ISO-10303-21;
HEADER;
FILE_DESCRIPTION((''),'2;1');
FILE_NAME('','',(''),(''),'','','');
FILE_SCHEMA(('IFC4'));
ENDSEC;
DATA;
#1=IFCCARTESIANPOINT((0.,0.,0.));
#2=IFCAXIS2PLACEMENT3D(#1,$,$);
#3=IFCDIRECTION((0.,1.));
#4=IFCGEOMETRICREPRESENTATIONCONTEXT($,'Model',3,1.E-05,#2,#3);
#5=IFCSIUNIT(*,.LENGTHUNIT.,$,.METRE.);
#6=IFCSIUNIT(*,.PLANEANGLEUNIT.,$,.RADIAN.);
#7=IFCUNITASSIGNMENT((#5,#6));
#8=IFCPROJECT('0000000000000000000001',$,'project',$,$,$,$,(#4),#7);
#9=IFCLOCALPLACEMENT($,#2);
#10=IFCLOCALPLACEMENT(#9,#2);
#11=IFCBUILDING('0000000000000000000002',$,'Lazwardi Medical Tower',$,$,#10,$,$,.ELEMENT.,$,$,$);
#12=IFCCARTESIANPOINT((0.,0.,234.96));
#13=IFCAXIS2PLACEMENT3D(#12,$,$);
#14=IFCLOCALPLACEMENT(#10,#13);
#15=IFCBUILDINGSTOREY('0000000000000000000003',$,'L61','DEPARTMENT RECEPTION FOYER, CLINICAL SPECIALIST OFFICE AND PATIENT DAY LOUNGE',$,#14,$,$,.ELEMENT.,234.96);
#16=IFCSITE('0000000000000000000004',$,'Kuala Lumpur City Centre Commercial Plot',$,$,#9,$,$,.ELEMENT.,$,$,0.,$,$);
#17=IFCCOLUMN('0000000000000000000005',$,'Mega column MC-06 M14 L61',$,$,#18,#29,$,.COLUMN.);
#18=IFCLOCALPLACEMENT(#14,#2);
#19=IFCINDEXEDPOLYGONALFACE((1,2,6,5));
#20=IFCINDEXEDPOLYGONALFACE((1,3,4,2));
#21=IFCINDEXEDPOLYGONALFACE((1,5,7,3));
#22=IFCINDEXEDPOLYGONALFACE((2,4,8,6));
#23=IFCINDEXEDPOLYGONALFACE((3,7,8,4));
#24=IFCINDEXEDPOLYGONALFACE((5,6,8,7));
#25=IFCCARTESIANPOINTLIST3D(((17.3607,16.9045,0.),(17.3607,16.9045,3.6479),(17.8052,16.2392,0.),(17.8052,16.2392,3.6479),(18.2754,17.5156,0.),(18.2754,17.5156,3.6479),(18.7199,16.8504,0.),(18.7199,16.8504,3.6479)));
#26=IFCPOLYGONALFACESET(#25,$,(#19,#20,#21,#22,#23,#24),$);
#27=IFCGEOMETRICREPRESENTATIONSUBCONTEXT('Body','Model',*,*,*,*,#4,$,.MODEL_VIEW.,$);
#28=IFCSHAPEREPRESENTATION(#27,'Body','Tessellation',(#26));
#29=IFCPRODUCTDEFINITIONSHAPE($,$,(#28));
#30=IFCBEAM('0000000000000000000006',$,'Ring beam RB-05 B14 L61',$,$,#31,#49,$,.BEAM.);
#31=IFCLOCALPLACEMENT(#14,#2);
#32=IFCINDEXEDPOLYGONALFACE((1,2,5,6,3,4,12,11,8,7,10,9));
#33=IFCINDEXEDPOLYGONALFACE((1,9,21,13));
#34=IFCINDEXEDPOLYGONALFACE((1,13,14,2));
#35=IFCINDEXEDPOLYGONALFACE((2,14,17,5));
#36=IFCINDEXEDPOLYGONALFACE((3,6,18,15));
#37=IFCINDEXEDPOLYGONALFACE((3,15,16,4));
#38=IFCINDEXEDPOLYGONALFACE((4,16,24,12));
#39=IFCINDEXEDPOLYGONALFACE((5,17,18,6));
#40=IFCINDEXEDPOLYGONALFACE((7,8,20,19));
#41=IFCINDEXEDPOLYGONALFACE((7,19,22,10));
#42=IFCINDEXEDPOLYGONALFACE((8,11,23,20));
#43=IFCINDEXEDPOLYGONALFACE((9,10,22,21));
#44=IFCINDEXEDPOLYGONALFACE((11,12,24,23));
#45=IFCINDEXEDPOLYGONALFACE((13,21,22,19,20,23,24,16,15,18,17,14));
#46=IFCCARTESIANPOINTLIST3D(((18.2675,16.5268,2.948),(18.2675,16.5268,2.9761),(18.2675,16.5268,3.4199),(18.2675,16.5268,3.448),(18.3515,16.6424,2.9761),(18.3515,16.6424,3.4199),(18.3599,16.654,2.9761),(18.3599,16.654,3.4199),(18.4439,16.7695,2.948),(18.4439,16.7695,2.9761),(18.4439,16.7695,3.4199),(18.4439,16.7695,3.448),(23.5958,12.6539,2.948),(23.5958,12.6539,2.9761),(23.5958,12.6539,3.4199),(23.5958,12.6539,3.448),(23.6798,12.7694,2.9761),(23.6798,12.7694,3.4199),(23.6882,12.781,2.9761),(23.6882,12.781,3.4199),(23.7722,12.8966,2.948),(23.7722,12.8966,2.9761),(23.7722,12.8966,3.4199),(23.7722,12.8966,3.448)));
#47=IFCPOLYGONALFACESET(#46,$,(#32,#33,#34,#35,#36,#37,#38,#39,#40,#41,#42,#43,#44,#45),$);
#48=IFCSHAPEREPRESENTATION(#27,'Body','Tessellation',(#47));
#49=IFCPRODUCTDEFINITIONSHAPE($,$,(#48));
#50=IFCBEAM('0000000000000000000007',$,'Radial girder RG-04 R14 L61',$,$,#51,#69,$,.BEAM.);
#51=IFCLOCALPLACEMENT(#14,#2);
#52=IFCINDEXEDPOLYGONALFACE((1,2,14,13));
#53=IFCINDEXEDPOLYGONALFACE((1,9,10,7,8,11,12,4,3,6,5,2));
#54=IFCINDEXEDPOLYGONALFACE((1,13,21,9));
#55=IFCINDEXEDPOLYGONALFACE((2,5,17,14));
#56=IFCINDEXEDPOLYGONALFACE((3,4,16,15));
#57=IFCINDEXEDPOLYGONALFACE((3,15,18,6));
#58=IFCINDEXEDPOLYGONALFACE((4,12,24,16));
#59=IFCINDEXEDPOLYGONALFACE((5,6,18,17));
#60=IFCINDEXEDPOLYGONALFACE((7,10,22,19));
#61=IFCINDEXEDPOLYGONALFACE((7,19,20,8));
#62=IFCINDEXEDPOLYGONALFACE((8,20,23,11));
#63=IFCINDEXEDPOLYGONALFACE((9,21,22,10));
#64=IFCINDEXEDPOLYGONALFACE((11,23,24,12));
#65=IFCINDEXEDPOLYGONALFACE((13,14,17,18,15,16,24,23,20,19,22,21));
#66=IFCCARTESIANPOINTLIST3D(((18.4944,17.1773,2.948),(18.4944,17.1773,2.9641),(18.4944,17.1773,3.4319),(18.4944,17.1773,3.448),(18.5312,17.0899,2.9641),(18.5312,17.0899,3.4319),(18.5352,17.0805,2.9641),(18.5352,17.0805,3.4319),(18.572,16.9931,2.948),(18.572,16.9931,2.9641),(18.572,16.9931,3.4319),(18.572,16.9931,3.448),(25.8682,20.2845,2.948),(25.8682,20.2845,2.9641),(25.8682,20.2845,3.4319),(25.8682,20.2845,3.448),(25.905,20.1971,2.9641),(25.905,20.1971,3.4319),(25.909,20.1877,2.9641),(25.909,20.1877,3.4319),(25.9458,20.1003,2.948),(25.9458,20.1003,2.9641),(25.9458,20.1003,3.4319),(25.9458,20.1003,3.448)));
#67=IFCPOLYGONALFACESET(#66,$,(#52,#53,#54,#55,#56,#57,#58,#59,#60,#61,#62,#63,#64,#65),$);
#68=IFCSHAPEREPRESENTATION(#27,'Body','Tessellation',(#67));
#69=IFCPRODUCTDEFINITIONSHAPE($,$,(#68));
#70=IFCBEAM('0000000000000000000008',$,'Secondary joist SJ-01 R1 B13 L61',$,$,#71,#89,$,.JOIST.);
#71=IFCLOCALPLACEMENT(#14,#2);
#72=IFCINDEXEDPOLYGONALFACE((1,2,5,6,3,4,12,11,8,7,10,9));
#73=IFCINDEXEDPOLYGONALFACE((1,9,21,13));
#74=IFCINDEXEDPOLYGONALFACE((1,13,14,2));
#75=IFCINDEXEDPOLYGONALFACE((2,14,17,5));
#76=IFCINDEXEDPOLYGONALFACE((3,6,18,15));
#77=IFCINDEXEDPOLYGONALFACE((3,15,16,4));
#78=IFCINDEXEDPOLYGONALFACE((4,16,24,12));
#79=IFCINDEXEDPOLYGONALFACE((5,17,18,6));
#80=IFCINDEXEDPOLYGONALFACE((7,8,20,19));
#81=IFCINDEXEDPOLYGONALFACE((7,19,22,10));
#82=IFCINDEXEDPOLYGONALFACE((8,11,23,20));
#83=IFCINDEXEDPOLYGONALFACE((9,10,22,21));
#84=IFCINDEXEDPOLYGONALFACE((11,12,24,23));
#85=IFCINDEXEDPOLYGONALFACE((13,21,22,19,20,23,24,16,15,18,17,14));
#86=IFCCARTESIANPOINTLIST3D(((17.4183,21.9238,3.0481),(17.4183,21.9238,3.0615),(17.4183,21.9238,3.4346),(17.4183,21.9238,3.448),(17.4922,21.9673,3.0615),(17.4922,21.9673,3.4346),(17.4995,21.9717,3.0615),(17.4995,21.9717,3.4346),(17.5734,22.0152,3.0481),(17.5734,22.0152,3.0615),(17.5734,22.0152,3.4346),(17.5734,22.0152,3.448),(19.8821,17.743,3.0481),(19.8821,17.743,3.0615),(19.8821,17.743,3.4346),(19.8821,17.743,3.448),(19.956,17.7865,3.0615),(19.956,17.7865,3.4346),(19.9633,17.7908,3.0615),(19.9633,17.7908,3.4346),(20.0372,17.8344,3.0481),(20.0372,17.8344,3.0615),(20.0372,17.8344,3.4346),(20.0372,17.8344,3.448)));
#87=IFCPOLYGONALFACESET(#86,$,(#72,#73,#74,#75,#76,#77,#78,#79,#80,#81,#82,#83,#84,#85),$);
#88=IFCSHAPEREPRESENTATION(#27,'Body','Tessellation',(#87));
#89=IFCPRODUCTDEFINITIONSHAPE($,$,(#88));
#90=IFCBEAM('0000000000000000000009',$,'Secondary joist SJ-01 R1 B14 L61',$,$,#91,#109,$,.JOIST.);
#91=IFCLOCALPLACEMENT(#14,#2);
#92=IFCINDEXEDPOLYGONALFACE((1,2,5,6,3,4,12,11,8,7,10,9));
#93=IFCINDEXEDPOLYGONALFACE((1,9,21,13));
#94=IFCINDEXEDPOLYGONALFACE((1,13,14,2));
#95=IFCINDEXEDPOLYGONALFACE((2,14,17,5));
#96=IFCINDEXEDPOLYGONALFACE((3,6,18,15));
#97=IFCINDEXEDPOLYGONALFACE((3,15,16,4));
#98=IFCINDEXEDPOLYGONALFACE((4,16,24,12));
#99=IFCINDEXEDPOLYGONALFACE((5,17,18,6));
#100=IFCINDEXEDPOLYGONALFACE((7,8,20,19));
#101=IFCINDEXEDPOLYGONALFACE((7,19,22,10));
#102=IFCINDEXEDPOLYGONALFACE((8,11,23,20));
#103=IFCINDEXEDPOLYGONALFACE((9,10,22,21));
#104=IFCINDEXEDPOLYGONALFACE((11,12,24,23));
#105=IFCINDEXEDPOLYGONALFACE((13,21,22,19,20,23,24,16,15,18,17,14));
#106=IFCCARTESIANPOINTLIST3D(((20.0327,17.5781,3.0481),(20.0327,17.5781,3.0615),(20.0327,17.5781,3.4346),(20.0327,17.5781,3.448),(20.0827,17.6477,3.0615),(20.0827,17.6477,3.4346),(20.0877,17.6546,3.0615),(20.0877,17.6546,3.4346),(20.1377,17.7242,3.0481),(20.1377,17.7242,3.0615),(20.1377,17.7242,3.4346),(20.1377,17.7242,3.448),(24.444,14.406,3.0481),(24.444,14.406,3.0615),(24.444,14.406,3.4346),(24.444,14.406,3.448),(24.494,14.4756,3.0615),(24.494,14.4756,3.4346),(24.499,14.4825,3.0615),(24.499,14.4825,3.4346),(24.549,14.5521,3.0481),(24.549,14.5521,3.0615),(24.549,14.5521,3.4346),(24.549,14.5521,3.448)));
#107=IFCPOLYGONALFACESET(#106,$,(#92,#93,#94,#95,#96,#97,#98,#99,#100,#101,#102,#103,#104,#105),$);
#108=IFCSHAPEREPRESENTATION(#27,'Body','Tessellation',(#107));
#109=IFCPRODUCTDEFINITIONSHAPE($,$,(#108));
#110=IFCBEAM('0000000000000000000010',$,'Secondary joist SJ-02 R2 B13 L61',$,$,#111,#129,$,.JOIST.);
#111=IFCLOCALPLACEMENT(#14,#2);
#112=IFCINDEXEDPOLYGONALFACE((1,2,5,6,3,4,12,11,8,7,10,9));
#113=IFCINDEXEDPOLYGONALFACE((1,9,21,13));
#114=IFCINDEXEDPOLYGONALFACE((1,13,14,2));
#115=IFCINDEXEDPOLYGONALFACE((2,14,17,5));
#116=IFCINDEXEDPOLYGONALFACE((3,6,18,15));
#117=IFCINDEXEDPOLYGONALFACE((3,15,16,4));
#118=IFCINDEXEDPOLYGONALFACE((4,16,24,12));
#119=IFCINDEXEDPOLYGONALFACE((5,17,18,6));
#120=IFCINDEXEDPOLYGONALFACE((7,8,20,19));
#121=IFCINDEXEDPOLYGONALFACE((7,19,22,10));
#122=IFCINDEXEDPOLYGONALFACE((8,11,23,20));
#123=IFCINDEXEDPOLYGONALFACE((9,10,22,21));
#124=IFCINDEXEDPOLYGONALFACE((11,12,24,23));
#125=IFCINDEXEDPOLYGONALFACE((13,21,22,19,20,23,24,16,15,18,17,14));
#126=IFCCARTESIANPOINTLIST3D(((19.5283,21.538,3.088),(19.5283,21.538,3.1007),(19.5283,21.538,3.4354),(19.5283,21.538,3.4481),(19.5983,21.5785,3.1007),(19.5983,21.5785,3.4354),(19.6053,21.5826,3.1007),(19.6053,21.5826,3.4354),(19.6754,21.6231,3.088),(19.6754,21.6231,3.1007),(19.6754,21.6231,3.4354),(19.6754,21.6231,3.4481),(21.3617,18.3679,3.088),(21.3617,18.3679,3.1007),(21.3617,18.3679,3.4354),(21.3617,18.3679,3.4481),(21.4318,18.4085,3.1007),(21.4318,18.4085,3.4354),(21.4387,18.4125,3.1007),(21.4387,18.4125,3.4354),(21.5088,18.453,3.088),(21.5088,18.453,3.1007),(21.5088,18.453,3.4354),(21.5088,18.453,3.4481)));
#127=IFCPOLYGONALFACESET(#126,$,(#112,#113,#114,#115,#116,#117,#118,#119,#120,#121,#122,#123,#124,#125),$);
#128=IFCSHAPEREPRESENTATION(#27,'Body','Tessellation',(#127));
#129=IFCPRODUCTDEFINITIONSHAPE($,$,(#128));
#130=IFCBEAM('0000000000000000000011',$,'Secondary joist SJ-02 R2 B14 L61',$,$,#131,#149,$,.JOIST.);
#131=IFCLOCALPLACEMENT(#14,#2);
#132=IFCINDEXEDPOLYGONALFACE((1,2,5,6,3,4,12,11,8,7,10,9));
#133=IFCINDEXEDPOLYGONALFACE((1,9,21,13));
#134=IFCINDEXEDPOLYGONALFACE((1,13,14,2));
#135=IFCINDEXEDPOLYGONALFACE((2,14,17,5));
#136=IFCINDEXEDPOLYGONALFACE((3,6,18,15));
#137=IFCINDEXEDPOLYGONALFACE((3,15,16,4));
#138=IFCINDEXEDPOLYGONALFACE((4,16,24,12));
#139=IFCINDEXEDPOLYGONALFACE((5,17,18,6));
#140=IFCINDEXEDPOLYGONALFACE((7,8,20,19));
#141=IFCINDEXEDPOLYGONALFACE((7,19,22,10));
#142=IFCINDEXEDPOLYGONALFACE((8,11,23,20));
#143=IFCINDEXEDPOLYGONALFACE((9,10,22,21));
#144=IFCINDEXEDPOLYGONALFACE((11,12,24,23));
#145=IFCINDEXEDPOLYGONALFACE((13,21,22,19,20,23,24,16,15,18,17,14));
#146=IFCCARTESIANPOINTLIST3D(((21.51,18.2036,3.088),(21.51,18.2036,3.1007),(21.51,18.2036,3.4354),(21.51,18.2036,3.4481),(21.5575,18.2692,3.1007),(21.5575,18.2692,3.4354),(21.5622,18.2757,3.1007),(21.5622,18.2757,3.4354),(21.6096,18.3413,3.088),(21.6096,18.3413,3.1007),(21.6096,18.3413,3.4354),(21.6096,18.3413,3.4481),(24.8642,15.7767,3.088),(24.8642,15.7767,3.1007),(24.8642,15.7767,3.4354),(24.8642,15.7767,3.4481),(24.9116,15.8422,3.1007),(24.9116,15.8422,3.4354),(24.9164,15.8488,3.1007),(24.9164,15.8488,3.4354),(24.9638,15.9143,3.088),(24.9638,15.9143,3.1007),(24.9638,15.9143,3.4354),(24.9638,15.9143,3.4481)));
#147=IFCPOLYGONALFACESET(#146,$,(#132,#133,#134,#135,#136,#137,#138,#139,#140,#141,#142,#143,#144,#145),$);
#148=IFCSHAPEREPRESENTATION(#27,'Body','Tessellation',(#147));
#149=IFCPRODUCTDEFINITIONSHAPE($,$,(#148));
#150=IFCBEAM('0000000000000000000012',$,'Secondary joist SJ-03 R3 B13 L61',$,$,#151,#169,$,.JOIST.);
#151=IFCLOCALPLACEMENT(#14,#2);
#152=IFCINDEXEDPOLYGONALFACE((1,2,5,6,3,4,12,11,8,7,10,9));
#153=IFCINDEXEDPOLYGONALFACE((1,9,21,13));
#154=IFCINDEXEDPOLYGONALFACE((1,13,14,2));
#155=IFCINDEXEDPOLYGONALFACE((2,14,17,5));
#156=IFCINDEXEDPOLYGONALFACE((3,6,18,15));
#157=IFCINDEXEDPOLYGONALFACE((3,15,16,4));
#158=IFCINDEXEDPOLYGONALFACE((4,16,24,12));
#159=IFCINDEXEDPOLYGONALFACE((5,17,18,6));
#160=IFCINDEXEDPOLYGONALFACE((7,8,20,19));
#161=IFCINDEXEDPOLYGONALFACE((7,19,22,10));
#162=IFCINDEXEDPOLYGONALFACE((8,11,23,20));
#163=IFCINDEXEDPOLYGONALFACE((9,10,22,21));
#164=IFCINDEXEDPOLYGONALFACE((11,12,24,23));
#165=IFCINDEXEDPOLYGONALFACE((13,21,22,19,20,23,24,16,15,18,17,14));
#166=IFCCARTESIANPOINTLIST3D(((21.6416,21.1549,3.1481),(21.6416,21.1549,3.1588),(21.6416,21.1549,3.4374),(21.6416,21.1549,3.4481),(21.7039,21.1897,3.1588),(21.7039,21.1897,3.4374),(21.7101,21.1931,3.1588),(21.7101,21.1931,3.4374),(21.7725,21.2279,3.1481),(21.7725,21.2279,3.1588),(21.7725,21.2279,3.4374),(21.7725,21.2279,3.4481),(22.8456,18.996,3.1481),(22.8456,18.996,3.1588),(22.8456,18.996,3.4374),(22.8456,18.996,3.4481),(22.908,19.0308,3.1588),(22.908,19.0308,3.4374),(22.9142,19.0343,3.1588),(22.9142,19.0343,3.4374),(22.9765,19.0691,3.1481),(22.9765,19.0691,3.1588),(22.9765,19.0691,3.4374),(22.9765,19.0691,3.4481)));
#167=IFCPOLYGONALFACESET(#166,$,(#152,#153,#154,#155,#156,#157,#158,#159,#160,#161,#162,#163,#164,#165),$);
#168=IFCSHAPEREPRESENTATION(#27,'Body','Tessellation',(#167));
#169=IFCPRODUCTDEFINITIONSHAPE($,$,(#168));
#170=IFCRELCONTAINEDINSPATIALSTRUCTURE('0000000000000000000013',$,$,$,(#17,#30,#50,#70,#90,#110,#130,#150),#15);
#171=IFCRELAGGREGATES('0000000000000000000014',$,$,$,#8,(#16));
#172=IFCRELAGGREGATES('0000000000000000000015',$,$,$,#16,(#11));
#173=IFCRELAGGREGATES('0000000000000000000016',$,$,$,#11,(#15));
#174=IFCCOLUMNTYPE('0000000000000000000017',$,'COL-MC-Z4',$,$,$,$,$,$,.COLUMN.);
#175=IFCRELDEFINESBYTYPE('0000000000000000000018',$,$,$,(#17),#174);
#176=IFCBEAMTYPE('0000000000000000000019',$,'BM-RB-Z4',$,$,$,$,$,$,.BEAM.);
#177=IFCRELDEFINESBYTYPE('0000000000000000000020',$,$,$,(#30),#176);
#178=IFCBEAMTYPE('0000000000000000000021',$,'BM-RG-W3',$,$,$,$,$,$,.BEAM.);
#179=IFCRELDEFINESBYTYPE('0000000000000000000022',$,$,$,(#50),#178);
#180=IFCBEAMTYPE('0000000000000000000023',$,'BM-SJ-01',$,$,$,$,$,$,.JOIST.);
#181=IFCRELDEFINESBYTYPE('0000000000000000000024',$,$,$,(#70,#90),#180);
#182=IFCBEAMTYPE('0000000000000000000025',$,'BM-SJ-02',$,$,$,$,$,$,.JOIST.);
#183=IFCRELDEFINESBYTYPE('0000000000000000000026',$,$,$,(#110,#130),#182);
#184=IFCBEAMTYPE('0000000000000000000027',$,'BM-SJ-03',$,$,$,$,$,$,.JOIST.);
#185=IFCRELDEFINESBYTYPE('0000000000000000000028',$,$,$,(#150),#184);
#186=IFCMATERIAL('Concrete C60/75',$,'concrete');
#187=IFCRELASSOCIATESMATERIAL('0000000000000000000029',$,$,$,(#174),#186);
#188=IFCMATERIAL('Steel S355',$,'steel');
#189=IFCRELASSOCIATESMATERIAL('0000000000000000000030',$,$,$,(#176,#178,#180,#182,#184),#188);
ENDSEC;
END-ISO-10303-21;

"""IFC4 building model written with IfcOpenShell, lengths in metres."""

from ifc_helpers import new_model, si_unit, direction, frame, origin, origin_2d, place, context, subcontext, project, spatial, rectangle, i_section, extrude, material, material_profile, profile_set, type_object, element, save


model = new_model("IFC4")

# Units and contexts
model_context = context("Model", 3, precision=1e-05, world=origin(), true_north=direction((0.0, 1.0)))
body_context = subcontext(model_context, "Body", "Model", "MODEL_VIEW")
ifc_project = project(units=[si_unit("LENGTHUNIT", "METRE"), si_unit("PLANEANGLEUNIT", "RADIAN")], contexts=[model_context])

# Site, building, storey
site_placement = place(None, origin())
site = spatial("IfcSite", under=ifc_project, at=site_placement, Name="Kuala Lumpur City Centre Commercial Plot", CompositionType="ELEMENT", RefElevation=0.0)
building_placement = place(site_placement, origin())
building = spatial("IfcBuilding", under=site, at=building_placement, Name="Lazwardi Medical Tower", CompositionType="ELEMENT")
storey_placement = place(building_placement, frame((0.0, 0.0, 234.96)))
storey = spatial("IfcBuildingStorey", under=building, at=storey_placement, Name="L61", Description="DEPARTMENT RECEPTION FOYER, CLINICAL SPECIALIST OFFICE AND PATIENT DAY LOUNGE", CompositionType="ELEMENT", Elevation=234.96)

# Column
ifc_material_1 = material(Name="Concrete C60/75", Category="concrete")
ifc_material_profile_1 = material_profile(ifc_material_1, rectangle(XDim=1.1001, YDim=0.8, at=origin_2d()), Name="CFT-RECT 1100x800")
ifc_profile_set_1 = profile_set([ifc_material_profile_1], Name="Concrete C60/75")
column_type = type_object("IfcColumnType", Name="COL-MC-Z4", PredefinedType="COLUMN", material=ifc_profile_set_1)
column_placement = place(storey_placement, frame((18.0403, 16.8774, 0.0), z_axis=(0.0, 0.0, 1.0), x_axis=(-0.83147, -0.55557, 0.0)))
element("IfcColumn", 1, at=column_placement, inside=storey, type_object=column_type, Name="Mega column MC-06 M14 L61", PredefinedType="COLUMN", context=body_context, shape_type="SweptSolid", body=[
    extrude(rectangle(XDim=1.1001, YDim=0.8, at=origin_2d()), origin(), (0.0, 0.0, 1.0), 3.6479),
])

# Beams
ifc_material_2 = material(Name="Steel S355", Category="steel")
ifc_material_profile_2 = material_profile(ifc_material_2, i_section(OverallWidth=0.3, OverallDepth=0.5, WebThickness=0.0144, FlangeThickness=0.0281, at=origin_2d()), Name="HEB 500")
ifc_profile_set_2 = profile_set([ifc_material_profile_2], Name="Steel S355")
beam_type_1 = type_object("IfcBeamType", Name="BM-RB-Z4", PredefinedType="BEAM", material=ifc_profile_set_2)
beam_1_placement = place(storey_placement, frame((18.3557, 16.6482, 3.198), z_axis=(0.80889, -0.58796, 0.0), x_axis=(0.58796, 0.80889, 0.0)))
element("IfcBeam", 2, at=beam_1_placement, inside=storey, type_object=beam_type_1, Name="Ring beam RB-05 B14 L61", PredefinedType="BEAM", context=body_context, shape_type="SweptSolid", body=[
    extrude(i_section(OverallWidth=0.3, OverallDepth=0.5, WebThickness=0.0144, FlangeThickness=0.0281, at=origin_2d()), origin(), (0.0, 0.0, 1.0), 6.5872),
])
ifc_material_profile_3 = material_profile(ifc_material_2, i_section(OverallWidth=0.2, OverallDepth=0.5, WebThickness=0.0103, FlangeThickness=0.0161, at=origin_2d()), Name="IPE 500")
ifc_profile_set_3 = profile_set([ifc_material_profile_3], Name="Steel S355")
beam_type_2 = type_object("IfcBeamType", Name="BM-RG-W3", PredefinedType="BEAM", material=ifc_profile_set_3)
beam_2_placement = place(storey_placement, frame((18.5332, 17.0852, 3.198), z_axis=(0.921527, 0.388315, 0.0), x_axis=(-0.388315, 0.921527, 0.0)))
element("IfcBeam", 3, at=beam_2_placement, inside=storey, type_object=beam_type_2, Name="Radial girder RG-04 R14 L61", PredefinedType="BEAM", context=body_context, shape_type="SweptSolid", body=[
    extrude(i_section(OverallWidth=0.2, OverallDepth=0.5, WebThickness=0.0103, FlangeThickness=0.0161, at=origin_2d()), origin(), (0.0, 0.0, 1.0), 8.0017),
])
ifc_material_profile_4 = material_profile(ifc_material_2, i_section(OverallWidth=0.1799, OverallDepth=0.3999, WebThickness=0.0085, FlangeThickness=0.0134, at=origin_2d()), Name="IPE 400")
ifc_profile_set_4 = profile_set([ifc_material_profile_4], Name="Steel S355")
beam_type_3 = type_object("IfcBeamType", Name="BM-SJ-01", PredefinedType="JOIST", material=ifc_profile_set_4)
beam_3_placement = place(storey_placement, frame((17.4958, 21.9695, 3.248), z_axis=(0.50771, -0.861528, 0.0), x_axis=(0.861528, 0.50771, 0.0)))
element("IfcBeam", 4, at=beam_3_placement, inside=storey, type_object=beam_type_3, Name="Secondary joist SJ-01 R1 B13 L61", PredefinedType="JOIST", context=body_context, shape_type="SweptSolid", body=[
    extrude(i_section(OverallWidth=0.1799, OverallDepth=0.3999, WebThickness=0.0085, FlangeThickness=0.0134, at=origin_2d()), origin(), (0.0, 0.0, 1.0), 4.8528),
])
beam_4_placement = place(storey_placement, frame((20.0852, 17.6511, 3.248), z_axis=(0.81189, -0.583811, 0.0), x_axis=(0.583811, 0.81189, 0.0)))
element("IfcBeam", 5, at=beam_4_placement, inside=storey, type_object=beam_type_3, Name="Secondary joist SJ-01 R1 B14 L61", PredefinedType="JOIST", context=body_context, shape_type="SweptSolid", body=[
    extrude(i_section(OverallWidth=0.1799, OverallDepth=0.3999, WebThickness=0.0085, FlangeThickness=0.0134, at=origin_2d()), origin(), (0.0, 0.0, 1.0), 5.4333),
])
ifc_material_profile_5 = material_profile(ifc_material_2, i_section(OverallWidth=0.1699, OverallDepth=0.3601, WebThickness=0.0081, FlangeThickness=0.0127, at=origin_2d()), Name="IPE 360")
ifc_profile_set_5 = profile_set([ifc_material_profile_5], Name="Steel S355")
beam_type_4 = type_object("IfcBeamType", Name="BM-SJ-02", PredefinedType="JOIST", material=ifc_profile_set_5)
beam_5_placement = place(storey_placement, frame((19.6018, 21.5806, 3.2681), z_axis=(0.500655, -0.865647, 0.0), x_axis=(0.865647, 0.500655, 0.0)))
element("IfcBeam", 6, at=beam_5_placement, inside=storey, type_object=beam_type_4, Name="Secondary joist SJ-02 R2 B13 L61", PredefinedType="JOIST", context=body_context, shape_type="SweptSolid", body=[
    extrude(i_section(OverallWidth=0.1699, OverallDepth=0.3601, WebThickness=0.0081, FlangeThickness=0.0127, at=origin_2d()), origin(), (0.0, 0.0, 1.0), 3.6621),
])
beam_6_placement = place(storey_placement, frame((21.5598, 18.2725, 3.2681), z_axis=(0.810164, -0.586203, 0.0), x_axis=(0.586203, 0.810164, 0.0)))
element("IfcBeam", 7, at=beam_6_placement, inside=storey, type_object=beam_type_4, Name="Secondary joist SJ-02 R2 B14 L61", PredefinedType="JOIST", context=body_context, shape_type="SweptSolid", body=[
    extrude(i_section(OverallWidth=0.1699, OverallDepth=0.3601, WebThickness=0.0081, FlangeThickness=0.0127, at=origin_2d()), origin(), (0.0, 0.0, 1.0), 4.1401),
])
ifc_material_profile_6 = material_profile(ifc_material_2, i_section(OverallWidth=0.1499, OverallDepth=0.3, WebThickness=0.0071, FlangeThickness=0.0107, at=origin_2d()), Name="IPE 300")
ifc_profile_set_6 = profile_set([ifc_material_profile_6], Name="Steel S355")
beam_type_5 = type_object("IfcBeamType", Name="BM-SJ-03", PredefinedType="JOIST", material=ifc_profile_set_6)
beam_7_placement = place(storey_placement, frame((21.707, 21.1914, 3.2981), z_axis=(0.487093, -0.87335, 0.0), x_axis=(0.87335, 0.487093, 0.0)))
element("IfcBeam", 8, at=beam_7_placement, inside=storey, type_object=beam_type_5, Name="Secondary joist SJ-03 R3 B13 L61", PredefinedType="JOIST", context=body_context, shape_type="SweptSolid", body=[
    extrude(i_section(OverallWidth=0.1499, OverallDepth=0.3, WebThickness=0.0071, FlangeThickness=0.0107, at=origin_2d()), origin(), (0.0, 0.0, 1.0), 2.4719),
])

save(model, "model.ifc")
